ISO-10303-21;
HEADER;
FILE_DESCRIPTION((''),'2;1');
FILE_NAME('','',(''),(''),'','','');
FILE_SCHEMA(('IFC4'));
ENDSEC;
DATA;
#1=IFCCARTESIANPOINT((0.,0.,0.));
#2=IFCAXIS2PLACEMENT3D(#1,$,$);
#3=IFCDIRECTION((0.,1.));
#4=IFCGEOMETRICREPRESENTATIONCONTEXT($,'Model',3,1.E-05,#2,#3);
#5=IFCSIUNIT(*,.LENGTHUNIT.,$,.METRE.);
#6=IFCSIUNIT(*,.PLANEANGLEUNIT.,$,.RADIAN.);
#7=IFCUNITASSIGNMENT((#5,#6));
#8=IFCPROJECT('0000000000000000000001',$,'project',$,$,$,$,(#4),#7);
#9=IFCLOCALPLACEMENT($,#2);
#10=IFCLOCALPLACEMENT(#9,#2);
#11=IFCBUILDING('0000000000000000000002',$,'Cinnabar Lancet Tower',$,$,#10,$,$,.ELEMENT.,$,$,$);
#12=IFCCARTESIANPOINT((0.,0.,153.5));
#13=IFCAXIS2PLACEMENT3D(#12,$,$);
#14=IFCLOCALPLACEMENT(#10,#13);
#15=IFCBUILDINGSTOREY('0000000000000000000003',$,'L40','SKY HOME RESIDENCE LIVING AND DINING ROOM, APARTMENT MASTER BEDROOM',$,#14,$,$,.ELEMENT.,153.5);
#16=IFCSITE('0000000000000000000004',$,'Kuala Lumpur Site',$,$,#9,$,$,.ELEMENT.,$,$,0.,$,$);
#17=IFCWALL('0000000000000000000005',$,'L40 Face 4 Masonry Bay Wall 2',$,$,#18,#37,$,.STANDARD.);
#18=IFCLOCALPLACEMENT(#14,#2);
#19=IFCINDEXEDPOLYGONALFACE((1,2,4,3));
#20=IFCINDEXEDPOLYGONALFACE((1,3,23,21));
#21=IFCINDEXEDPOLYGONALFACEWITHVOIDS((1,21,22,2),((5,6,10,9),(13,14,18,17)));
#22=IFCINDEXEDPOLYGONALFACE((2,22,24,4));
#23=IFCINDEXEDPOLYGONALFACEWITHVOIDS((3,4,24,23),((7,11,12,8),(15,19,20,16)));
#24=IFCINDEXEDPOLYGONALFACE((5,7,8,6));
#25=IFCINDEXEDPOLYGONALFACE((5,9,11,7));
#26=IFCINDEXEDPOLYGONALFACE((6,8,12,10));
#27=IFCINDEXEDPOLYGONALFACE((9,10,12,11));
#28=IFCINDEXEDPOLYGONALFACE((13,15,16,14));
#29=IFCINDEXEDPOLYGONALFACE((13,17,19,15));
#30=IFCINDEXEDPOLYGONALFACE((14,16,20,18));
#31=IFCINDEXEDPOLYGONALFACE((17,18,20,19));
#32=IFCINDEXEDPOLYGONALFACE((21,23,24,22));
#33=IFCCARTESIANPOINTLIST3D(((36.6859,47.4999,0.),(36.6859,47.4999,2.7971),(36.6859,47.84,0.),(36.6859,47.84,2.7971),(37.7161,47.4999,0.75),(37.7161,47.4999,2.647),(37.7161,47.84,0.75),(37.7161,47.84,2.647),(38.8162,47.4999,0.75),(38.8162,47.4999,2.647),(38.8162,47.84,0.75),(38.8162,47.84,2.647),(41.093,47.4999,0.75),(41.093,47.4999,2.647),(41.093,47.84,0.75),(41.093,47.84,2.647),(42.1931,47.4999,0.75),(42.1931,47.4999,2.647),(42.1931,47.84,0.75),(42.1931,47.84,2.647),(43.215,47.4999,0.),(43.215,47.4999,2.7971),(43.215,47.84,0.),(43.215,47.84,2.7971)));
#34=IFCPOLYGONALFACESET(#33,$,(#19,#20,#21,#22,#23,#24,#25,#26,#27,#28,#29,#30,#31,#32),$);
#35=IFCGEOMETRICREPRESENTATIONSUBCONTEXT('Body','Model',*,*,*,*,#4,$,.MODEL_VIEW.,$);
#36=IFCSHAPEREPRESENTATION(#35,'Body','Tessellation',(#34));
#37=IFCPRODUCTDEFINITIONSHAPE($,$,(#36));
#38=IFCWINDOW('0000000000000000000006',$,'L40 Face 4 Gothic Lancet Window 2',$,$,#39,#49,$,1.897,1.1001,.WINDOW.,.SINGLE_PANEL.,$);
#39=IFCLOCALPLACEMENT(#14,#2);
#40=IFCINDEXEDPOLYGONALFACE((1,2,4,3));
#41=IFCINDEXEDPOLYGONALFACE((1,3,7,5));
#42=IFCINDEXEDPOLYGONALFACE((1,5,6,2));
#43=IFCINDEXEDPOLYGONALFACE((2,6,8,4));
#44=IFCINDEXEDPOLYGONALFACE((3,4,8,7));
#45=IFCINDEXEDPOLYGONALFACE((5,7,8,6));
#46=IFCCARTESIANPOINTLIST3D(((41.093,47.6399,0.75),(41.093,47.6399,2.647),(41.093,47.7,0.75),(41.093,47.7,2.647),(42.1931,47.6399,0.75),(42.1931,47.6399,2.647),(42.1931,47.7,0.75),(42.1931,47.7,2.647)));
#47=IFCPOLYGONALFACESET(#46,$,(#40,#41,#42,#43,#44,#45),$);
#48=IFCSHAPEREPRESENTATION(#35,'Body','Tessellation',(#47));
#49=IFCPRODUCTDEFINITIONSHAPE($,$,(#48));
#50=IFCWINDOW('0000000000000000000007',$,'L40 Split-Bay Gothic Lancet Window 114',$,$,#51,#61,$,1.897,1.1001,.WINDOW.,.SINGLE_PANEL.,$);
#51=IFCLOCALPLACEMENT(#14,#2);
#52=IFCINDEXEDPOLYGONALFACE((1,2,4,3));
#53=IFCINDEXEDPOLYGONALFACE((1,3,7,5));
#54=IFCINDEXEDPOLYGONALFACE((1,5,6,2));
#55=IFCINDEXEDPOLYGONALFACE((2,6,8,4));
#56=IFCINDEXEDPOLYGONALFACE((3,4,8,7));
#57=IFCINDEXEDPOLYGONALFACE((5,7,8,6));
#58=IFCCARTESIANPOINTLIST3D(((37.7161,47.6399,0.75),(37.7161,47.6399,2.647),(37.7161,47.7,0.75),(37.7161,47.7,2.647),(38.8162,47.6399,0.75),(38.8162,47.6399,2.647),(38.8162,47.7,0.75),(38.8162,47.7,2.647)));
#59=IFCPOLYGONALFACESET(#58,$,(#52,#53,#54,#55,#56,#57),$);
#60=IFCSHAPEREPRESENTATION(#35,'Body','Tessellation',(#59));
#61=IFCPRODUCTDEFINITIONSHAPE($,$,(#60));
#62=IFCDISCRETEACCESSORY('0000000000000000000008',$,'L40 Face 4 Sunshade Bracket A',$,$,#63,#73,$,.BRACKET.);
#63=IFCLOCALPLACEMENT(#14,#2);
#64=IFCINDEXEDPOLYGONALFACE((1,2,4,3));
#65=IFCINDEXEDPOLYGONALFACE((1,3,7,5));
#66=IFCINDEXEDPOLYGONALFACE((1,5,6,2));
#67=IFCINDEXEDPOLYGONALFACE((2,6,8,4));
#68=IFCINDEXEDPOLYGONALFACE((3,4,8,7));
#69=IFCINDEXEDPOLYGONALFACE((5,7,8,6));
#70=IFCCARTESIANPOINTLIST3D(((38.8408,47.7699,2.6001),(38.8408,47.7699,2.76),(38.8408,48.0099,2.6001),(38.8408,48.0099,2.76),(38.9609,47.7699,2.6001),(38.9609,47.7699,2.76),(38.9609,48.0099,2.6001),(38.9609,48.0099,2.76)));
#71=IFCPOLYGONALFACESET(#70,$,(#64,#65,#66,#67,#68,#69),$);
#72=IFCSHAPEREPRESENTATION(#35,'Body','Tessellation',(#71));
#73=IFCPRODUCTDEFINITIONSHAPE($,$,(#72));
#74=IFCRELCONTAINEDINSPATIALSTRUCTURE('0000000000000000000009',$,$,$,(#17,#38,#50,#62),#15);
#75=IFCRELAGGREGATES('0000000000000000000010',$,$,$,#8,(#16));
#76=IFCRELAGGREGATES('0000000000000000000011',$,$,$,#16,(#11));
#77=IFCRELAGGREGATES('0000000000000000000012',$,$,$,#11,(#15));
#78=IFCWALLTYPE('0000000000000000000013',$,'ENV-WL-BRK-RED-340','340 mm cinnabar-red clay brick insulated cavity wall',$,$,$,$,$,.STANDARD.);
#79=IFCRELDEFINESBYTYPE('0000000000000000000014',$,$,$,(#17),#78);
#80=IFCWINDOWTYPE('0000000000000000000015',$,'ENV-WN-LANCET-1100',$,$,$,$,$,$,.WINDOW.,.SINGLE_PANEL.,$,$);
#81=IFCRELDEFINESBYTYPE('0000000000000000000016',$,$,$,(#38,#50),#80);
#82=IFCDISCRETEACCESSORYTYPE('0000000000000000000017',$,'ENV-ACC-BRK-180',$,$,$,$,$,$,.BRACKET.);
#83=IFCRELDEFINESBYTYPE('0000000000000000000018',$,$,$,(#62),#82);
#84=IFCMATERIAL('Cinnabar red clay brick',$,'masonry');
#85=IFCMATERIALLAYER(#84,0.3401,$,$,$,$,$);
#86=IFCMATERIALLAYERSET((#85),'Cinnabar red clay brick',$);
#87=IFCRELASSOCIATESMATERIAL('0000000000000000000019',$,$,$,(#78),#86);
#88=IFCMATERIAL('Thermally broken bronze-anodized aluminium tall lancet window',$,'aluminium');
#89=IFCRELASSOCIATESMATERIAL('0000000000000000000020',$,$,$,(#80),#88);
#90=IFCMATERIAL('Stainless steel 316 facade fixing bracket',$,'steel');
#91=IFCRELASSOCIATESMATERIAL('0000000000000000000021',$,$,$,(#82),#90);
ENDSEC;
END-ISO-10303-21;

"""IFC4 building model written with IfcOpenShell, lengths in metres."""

from ifc_helpers import new_model, si_unit, direction, frame, frame_2d, origin, origin_2d, place, context, subcontext, project, spatial, rectangle, extrude, material, layer, layer_set, type_object, element, fill, save


model = new_model("IFC4")

# Units and contexts
model_context = context("Model", 3, precision=1e-05, world=origin(), true_north=direction((0.0, 1.0)))
body_context = subcontext(model_context, "Body", "Model", "MODEL_VIEW")
ifc_project = project(units=[si_unit("LENGTHUNIT", "METRE"), si_unit("PLANEANGLEUNIT", "RADIAN")], contexts=[model_context])

# Site, building, storey
site_placement = place(None, origin())
site = spatial("IfcSite", under=ifc_project, at=site_placement, Name="Kuala Lumpur Site", CompositionType="ELEMENT", RefElevation=0.0)
building_placement = place(site_placement, origin())
building = spatial("IfcBuilding", under=site, at=building_placement, Name="Cinnabar Lancet Tower", CompositionType="ELEMENT")
storey_placement = place(building_placement, frame((0.0, 0.0, 153.5)))
storey = spatial("IfcBuildingStorey", under=building, at=storey_placement, Name="L40", Description="SKY HOME RESIDENCE LIVING AND DINING ROOM, APARTMENT MASTER BEDROOM", CompositionType="ELEMENT", Elevation=153.5)

# Wall, openings, windows
ifc_material_1 = material(Name="Cinnabar red clay brick", Category="masonry")
ifc_layer_1 = layer(ifc_material_1, 0.3401)
ifc_layer_set_1 = layer_set([ifc_layer_1], Name="Cinnabar red clay brick")
wall_type_1 = type_object("IfcWallType", Name="ENV-WL-BRK-RED-340", Description="340 mm cinnabar-red clay brick insulated cavity wall", PredefinedType="STANDARD", material=ifc_layer_set_1)
wall_1_placement = place(storey_placement, frame((43.2151, 47.6699, 0.0), z_axis=(0.0, 0.0, 1.0), x_axis=(-1.0, 0.0, 0.0)))
wall_1 = element("IfcWall", 1, at=wall_1_placement, inside=storey, type_object=wall_type_1, Name="L40 Face 4 Masonry Bay Wall 2", PredefinedType="STANDARD", context=body_context, shape_type="SweptSolid", body=[
    extrude(rectangle(XDim=6.5291, YDim=0.3401, at=frame_2d((3.2646, 0.0))), origin(), (0.0, 0.0, 1.0), 2.7971),
])
opening_1_placement = place(wall_1_placement, frame((1.022, 0.0, 0.75)))
opening_1 = element("IfcOpeningElement", 2, at=opening_1_placement, cuts=wall_1, PredefinedType="OPENING", context=body_context, shape_type="SweptSolid", body=[
    extrude(rectangle(XDim=1.1001, YDim=1.897, at=frame_2d((0.55, 0.9485))), frame((0.0, 0.1799, 0.0), z_axis=(0.0, -1.0, 0.0), x_axis=(1.0, 0.0, 0.0)), (0.0, 0.0, 1.0), 0.3601),
])
opening_2_placement = place(wall_1_placement, frame((4.3989, 0.0, 0.75)))
opening_2 = element("IfcOpeningElement", 3, at=opening_2_placement, cuts=wall_1, PredefinedType="OPENING", context=body_context, shape_type="SweptSolid", body=[
    extrude(rectangle(XDim=1.1001, YDim=1.897, at=frame_2d((0.55, 0.9485))), frame((0.0, 0.1799, 0.0), z_axis=(0.0, -1.0, 0.0), x_axis=(1.0, 0.0, 0.0)), (0.0, 0.0, 1.0), 0.3601),
])
ifc_material_2 = material(Name="Thermally broken bronze-anodized aluminium tall lancet window", Category="aluminium")
window_type = type_object("IfcWindowType", Name="ENV-WN-LANCET-1100", PartitioningType="SINGLE_PANEL", PredefinedType="WINDOW", material=ifc_material_2)
window_1_placement = place(opening_1_placement, origin())
window_1 = element("IfcWindow", 4, at=window_1_placement, inside=storey, type_object=window_type, Name="L40 Face 4 Gothic Lancet Window 2", OverallHeight=1.897, OverallWidth=1.1001, PartitioningType="SINGLE_PANEL", PredefinedType="WINDOW", context=body_context, shape_type="SweptSolid", body=[
    extrude(rectangle(XDim=1.1001, YDim=1.897, at=frame_2d((0.55, 0.9485))), frame((0.0, 0.03, 0.0), z_axis=(0.0, -1.0, 0.0), x_axis=(1.0, 0.0, 0.0)), (0.0, 0.0, 1.0), 0.0601),
])
fill(opening_1, window_1)
window_2_placement = place(opening_2_placement, origin())
window_2 = element("IfcWindow", 5, at=window_2_placement, inside=storey, type_object=window_type, Name="L40 Split-Bay Gothic Lancet Window 114", OverallHeight=1.897, OverallWidth=1.1001, PartitioningType="SINGLE_PANEL", PredefinedType="WINDOW", context=body_context, shape_type="SweptSolid", body=[
    extrude(rectangle(XDim=1.1001, YDim=1.897, at=frame_2d((0.55, 0.9485))), frame((0.0, 0.03, 0.0), z_axis=(0.0, -1.0, 0.0), x_axis=(1.0, 0.0, 0.0)), (0.0, 0.0, 1.0), 0.0601),
])
fill(opening_2, window_2)

# Discrete accessory
ifc_material_3 = material(Name="Stainless steel 316 facade fixing bracket", Category="steel")
discrete_accessory_type = type_object("IfcDiscreteAccessoryType", Name="ENV-ACC-BRK-180", PredefinedType="BRACKET", material=ifc_material_3)
discrete_accessory_placement = place(storey_placement, frame((38.9009, 47.8899, 2.6001), z_axis=(0.0, 0.0, 1.0), x_axis=(-1.0, 0.0, 0.0)))
element("IfcDiscreteAccessory", 6, at=discrete_accessory_placement, inside=storey, type_object=discrete_accessory_type, Name="L40 Face 4 Sunshade Bracket A", PredefinedType="BRACKET", context=body_context, shape_type="SweptSolid", body=[
    extrude(rectangle(XDim=0.1201, YDim=0.24, at=origin_2d()), origin(), (0.0, 0.0, 1.0), 0.1599),
])

save(model, "model.ifc")
